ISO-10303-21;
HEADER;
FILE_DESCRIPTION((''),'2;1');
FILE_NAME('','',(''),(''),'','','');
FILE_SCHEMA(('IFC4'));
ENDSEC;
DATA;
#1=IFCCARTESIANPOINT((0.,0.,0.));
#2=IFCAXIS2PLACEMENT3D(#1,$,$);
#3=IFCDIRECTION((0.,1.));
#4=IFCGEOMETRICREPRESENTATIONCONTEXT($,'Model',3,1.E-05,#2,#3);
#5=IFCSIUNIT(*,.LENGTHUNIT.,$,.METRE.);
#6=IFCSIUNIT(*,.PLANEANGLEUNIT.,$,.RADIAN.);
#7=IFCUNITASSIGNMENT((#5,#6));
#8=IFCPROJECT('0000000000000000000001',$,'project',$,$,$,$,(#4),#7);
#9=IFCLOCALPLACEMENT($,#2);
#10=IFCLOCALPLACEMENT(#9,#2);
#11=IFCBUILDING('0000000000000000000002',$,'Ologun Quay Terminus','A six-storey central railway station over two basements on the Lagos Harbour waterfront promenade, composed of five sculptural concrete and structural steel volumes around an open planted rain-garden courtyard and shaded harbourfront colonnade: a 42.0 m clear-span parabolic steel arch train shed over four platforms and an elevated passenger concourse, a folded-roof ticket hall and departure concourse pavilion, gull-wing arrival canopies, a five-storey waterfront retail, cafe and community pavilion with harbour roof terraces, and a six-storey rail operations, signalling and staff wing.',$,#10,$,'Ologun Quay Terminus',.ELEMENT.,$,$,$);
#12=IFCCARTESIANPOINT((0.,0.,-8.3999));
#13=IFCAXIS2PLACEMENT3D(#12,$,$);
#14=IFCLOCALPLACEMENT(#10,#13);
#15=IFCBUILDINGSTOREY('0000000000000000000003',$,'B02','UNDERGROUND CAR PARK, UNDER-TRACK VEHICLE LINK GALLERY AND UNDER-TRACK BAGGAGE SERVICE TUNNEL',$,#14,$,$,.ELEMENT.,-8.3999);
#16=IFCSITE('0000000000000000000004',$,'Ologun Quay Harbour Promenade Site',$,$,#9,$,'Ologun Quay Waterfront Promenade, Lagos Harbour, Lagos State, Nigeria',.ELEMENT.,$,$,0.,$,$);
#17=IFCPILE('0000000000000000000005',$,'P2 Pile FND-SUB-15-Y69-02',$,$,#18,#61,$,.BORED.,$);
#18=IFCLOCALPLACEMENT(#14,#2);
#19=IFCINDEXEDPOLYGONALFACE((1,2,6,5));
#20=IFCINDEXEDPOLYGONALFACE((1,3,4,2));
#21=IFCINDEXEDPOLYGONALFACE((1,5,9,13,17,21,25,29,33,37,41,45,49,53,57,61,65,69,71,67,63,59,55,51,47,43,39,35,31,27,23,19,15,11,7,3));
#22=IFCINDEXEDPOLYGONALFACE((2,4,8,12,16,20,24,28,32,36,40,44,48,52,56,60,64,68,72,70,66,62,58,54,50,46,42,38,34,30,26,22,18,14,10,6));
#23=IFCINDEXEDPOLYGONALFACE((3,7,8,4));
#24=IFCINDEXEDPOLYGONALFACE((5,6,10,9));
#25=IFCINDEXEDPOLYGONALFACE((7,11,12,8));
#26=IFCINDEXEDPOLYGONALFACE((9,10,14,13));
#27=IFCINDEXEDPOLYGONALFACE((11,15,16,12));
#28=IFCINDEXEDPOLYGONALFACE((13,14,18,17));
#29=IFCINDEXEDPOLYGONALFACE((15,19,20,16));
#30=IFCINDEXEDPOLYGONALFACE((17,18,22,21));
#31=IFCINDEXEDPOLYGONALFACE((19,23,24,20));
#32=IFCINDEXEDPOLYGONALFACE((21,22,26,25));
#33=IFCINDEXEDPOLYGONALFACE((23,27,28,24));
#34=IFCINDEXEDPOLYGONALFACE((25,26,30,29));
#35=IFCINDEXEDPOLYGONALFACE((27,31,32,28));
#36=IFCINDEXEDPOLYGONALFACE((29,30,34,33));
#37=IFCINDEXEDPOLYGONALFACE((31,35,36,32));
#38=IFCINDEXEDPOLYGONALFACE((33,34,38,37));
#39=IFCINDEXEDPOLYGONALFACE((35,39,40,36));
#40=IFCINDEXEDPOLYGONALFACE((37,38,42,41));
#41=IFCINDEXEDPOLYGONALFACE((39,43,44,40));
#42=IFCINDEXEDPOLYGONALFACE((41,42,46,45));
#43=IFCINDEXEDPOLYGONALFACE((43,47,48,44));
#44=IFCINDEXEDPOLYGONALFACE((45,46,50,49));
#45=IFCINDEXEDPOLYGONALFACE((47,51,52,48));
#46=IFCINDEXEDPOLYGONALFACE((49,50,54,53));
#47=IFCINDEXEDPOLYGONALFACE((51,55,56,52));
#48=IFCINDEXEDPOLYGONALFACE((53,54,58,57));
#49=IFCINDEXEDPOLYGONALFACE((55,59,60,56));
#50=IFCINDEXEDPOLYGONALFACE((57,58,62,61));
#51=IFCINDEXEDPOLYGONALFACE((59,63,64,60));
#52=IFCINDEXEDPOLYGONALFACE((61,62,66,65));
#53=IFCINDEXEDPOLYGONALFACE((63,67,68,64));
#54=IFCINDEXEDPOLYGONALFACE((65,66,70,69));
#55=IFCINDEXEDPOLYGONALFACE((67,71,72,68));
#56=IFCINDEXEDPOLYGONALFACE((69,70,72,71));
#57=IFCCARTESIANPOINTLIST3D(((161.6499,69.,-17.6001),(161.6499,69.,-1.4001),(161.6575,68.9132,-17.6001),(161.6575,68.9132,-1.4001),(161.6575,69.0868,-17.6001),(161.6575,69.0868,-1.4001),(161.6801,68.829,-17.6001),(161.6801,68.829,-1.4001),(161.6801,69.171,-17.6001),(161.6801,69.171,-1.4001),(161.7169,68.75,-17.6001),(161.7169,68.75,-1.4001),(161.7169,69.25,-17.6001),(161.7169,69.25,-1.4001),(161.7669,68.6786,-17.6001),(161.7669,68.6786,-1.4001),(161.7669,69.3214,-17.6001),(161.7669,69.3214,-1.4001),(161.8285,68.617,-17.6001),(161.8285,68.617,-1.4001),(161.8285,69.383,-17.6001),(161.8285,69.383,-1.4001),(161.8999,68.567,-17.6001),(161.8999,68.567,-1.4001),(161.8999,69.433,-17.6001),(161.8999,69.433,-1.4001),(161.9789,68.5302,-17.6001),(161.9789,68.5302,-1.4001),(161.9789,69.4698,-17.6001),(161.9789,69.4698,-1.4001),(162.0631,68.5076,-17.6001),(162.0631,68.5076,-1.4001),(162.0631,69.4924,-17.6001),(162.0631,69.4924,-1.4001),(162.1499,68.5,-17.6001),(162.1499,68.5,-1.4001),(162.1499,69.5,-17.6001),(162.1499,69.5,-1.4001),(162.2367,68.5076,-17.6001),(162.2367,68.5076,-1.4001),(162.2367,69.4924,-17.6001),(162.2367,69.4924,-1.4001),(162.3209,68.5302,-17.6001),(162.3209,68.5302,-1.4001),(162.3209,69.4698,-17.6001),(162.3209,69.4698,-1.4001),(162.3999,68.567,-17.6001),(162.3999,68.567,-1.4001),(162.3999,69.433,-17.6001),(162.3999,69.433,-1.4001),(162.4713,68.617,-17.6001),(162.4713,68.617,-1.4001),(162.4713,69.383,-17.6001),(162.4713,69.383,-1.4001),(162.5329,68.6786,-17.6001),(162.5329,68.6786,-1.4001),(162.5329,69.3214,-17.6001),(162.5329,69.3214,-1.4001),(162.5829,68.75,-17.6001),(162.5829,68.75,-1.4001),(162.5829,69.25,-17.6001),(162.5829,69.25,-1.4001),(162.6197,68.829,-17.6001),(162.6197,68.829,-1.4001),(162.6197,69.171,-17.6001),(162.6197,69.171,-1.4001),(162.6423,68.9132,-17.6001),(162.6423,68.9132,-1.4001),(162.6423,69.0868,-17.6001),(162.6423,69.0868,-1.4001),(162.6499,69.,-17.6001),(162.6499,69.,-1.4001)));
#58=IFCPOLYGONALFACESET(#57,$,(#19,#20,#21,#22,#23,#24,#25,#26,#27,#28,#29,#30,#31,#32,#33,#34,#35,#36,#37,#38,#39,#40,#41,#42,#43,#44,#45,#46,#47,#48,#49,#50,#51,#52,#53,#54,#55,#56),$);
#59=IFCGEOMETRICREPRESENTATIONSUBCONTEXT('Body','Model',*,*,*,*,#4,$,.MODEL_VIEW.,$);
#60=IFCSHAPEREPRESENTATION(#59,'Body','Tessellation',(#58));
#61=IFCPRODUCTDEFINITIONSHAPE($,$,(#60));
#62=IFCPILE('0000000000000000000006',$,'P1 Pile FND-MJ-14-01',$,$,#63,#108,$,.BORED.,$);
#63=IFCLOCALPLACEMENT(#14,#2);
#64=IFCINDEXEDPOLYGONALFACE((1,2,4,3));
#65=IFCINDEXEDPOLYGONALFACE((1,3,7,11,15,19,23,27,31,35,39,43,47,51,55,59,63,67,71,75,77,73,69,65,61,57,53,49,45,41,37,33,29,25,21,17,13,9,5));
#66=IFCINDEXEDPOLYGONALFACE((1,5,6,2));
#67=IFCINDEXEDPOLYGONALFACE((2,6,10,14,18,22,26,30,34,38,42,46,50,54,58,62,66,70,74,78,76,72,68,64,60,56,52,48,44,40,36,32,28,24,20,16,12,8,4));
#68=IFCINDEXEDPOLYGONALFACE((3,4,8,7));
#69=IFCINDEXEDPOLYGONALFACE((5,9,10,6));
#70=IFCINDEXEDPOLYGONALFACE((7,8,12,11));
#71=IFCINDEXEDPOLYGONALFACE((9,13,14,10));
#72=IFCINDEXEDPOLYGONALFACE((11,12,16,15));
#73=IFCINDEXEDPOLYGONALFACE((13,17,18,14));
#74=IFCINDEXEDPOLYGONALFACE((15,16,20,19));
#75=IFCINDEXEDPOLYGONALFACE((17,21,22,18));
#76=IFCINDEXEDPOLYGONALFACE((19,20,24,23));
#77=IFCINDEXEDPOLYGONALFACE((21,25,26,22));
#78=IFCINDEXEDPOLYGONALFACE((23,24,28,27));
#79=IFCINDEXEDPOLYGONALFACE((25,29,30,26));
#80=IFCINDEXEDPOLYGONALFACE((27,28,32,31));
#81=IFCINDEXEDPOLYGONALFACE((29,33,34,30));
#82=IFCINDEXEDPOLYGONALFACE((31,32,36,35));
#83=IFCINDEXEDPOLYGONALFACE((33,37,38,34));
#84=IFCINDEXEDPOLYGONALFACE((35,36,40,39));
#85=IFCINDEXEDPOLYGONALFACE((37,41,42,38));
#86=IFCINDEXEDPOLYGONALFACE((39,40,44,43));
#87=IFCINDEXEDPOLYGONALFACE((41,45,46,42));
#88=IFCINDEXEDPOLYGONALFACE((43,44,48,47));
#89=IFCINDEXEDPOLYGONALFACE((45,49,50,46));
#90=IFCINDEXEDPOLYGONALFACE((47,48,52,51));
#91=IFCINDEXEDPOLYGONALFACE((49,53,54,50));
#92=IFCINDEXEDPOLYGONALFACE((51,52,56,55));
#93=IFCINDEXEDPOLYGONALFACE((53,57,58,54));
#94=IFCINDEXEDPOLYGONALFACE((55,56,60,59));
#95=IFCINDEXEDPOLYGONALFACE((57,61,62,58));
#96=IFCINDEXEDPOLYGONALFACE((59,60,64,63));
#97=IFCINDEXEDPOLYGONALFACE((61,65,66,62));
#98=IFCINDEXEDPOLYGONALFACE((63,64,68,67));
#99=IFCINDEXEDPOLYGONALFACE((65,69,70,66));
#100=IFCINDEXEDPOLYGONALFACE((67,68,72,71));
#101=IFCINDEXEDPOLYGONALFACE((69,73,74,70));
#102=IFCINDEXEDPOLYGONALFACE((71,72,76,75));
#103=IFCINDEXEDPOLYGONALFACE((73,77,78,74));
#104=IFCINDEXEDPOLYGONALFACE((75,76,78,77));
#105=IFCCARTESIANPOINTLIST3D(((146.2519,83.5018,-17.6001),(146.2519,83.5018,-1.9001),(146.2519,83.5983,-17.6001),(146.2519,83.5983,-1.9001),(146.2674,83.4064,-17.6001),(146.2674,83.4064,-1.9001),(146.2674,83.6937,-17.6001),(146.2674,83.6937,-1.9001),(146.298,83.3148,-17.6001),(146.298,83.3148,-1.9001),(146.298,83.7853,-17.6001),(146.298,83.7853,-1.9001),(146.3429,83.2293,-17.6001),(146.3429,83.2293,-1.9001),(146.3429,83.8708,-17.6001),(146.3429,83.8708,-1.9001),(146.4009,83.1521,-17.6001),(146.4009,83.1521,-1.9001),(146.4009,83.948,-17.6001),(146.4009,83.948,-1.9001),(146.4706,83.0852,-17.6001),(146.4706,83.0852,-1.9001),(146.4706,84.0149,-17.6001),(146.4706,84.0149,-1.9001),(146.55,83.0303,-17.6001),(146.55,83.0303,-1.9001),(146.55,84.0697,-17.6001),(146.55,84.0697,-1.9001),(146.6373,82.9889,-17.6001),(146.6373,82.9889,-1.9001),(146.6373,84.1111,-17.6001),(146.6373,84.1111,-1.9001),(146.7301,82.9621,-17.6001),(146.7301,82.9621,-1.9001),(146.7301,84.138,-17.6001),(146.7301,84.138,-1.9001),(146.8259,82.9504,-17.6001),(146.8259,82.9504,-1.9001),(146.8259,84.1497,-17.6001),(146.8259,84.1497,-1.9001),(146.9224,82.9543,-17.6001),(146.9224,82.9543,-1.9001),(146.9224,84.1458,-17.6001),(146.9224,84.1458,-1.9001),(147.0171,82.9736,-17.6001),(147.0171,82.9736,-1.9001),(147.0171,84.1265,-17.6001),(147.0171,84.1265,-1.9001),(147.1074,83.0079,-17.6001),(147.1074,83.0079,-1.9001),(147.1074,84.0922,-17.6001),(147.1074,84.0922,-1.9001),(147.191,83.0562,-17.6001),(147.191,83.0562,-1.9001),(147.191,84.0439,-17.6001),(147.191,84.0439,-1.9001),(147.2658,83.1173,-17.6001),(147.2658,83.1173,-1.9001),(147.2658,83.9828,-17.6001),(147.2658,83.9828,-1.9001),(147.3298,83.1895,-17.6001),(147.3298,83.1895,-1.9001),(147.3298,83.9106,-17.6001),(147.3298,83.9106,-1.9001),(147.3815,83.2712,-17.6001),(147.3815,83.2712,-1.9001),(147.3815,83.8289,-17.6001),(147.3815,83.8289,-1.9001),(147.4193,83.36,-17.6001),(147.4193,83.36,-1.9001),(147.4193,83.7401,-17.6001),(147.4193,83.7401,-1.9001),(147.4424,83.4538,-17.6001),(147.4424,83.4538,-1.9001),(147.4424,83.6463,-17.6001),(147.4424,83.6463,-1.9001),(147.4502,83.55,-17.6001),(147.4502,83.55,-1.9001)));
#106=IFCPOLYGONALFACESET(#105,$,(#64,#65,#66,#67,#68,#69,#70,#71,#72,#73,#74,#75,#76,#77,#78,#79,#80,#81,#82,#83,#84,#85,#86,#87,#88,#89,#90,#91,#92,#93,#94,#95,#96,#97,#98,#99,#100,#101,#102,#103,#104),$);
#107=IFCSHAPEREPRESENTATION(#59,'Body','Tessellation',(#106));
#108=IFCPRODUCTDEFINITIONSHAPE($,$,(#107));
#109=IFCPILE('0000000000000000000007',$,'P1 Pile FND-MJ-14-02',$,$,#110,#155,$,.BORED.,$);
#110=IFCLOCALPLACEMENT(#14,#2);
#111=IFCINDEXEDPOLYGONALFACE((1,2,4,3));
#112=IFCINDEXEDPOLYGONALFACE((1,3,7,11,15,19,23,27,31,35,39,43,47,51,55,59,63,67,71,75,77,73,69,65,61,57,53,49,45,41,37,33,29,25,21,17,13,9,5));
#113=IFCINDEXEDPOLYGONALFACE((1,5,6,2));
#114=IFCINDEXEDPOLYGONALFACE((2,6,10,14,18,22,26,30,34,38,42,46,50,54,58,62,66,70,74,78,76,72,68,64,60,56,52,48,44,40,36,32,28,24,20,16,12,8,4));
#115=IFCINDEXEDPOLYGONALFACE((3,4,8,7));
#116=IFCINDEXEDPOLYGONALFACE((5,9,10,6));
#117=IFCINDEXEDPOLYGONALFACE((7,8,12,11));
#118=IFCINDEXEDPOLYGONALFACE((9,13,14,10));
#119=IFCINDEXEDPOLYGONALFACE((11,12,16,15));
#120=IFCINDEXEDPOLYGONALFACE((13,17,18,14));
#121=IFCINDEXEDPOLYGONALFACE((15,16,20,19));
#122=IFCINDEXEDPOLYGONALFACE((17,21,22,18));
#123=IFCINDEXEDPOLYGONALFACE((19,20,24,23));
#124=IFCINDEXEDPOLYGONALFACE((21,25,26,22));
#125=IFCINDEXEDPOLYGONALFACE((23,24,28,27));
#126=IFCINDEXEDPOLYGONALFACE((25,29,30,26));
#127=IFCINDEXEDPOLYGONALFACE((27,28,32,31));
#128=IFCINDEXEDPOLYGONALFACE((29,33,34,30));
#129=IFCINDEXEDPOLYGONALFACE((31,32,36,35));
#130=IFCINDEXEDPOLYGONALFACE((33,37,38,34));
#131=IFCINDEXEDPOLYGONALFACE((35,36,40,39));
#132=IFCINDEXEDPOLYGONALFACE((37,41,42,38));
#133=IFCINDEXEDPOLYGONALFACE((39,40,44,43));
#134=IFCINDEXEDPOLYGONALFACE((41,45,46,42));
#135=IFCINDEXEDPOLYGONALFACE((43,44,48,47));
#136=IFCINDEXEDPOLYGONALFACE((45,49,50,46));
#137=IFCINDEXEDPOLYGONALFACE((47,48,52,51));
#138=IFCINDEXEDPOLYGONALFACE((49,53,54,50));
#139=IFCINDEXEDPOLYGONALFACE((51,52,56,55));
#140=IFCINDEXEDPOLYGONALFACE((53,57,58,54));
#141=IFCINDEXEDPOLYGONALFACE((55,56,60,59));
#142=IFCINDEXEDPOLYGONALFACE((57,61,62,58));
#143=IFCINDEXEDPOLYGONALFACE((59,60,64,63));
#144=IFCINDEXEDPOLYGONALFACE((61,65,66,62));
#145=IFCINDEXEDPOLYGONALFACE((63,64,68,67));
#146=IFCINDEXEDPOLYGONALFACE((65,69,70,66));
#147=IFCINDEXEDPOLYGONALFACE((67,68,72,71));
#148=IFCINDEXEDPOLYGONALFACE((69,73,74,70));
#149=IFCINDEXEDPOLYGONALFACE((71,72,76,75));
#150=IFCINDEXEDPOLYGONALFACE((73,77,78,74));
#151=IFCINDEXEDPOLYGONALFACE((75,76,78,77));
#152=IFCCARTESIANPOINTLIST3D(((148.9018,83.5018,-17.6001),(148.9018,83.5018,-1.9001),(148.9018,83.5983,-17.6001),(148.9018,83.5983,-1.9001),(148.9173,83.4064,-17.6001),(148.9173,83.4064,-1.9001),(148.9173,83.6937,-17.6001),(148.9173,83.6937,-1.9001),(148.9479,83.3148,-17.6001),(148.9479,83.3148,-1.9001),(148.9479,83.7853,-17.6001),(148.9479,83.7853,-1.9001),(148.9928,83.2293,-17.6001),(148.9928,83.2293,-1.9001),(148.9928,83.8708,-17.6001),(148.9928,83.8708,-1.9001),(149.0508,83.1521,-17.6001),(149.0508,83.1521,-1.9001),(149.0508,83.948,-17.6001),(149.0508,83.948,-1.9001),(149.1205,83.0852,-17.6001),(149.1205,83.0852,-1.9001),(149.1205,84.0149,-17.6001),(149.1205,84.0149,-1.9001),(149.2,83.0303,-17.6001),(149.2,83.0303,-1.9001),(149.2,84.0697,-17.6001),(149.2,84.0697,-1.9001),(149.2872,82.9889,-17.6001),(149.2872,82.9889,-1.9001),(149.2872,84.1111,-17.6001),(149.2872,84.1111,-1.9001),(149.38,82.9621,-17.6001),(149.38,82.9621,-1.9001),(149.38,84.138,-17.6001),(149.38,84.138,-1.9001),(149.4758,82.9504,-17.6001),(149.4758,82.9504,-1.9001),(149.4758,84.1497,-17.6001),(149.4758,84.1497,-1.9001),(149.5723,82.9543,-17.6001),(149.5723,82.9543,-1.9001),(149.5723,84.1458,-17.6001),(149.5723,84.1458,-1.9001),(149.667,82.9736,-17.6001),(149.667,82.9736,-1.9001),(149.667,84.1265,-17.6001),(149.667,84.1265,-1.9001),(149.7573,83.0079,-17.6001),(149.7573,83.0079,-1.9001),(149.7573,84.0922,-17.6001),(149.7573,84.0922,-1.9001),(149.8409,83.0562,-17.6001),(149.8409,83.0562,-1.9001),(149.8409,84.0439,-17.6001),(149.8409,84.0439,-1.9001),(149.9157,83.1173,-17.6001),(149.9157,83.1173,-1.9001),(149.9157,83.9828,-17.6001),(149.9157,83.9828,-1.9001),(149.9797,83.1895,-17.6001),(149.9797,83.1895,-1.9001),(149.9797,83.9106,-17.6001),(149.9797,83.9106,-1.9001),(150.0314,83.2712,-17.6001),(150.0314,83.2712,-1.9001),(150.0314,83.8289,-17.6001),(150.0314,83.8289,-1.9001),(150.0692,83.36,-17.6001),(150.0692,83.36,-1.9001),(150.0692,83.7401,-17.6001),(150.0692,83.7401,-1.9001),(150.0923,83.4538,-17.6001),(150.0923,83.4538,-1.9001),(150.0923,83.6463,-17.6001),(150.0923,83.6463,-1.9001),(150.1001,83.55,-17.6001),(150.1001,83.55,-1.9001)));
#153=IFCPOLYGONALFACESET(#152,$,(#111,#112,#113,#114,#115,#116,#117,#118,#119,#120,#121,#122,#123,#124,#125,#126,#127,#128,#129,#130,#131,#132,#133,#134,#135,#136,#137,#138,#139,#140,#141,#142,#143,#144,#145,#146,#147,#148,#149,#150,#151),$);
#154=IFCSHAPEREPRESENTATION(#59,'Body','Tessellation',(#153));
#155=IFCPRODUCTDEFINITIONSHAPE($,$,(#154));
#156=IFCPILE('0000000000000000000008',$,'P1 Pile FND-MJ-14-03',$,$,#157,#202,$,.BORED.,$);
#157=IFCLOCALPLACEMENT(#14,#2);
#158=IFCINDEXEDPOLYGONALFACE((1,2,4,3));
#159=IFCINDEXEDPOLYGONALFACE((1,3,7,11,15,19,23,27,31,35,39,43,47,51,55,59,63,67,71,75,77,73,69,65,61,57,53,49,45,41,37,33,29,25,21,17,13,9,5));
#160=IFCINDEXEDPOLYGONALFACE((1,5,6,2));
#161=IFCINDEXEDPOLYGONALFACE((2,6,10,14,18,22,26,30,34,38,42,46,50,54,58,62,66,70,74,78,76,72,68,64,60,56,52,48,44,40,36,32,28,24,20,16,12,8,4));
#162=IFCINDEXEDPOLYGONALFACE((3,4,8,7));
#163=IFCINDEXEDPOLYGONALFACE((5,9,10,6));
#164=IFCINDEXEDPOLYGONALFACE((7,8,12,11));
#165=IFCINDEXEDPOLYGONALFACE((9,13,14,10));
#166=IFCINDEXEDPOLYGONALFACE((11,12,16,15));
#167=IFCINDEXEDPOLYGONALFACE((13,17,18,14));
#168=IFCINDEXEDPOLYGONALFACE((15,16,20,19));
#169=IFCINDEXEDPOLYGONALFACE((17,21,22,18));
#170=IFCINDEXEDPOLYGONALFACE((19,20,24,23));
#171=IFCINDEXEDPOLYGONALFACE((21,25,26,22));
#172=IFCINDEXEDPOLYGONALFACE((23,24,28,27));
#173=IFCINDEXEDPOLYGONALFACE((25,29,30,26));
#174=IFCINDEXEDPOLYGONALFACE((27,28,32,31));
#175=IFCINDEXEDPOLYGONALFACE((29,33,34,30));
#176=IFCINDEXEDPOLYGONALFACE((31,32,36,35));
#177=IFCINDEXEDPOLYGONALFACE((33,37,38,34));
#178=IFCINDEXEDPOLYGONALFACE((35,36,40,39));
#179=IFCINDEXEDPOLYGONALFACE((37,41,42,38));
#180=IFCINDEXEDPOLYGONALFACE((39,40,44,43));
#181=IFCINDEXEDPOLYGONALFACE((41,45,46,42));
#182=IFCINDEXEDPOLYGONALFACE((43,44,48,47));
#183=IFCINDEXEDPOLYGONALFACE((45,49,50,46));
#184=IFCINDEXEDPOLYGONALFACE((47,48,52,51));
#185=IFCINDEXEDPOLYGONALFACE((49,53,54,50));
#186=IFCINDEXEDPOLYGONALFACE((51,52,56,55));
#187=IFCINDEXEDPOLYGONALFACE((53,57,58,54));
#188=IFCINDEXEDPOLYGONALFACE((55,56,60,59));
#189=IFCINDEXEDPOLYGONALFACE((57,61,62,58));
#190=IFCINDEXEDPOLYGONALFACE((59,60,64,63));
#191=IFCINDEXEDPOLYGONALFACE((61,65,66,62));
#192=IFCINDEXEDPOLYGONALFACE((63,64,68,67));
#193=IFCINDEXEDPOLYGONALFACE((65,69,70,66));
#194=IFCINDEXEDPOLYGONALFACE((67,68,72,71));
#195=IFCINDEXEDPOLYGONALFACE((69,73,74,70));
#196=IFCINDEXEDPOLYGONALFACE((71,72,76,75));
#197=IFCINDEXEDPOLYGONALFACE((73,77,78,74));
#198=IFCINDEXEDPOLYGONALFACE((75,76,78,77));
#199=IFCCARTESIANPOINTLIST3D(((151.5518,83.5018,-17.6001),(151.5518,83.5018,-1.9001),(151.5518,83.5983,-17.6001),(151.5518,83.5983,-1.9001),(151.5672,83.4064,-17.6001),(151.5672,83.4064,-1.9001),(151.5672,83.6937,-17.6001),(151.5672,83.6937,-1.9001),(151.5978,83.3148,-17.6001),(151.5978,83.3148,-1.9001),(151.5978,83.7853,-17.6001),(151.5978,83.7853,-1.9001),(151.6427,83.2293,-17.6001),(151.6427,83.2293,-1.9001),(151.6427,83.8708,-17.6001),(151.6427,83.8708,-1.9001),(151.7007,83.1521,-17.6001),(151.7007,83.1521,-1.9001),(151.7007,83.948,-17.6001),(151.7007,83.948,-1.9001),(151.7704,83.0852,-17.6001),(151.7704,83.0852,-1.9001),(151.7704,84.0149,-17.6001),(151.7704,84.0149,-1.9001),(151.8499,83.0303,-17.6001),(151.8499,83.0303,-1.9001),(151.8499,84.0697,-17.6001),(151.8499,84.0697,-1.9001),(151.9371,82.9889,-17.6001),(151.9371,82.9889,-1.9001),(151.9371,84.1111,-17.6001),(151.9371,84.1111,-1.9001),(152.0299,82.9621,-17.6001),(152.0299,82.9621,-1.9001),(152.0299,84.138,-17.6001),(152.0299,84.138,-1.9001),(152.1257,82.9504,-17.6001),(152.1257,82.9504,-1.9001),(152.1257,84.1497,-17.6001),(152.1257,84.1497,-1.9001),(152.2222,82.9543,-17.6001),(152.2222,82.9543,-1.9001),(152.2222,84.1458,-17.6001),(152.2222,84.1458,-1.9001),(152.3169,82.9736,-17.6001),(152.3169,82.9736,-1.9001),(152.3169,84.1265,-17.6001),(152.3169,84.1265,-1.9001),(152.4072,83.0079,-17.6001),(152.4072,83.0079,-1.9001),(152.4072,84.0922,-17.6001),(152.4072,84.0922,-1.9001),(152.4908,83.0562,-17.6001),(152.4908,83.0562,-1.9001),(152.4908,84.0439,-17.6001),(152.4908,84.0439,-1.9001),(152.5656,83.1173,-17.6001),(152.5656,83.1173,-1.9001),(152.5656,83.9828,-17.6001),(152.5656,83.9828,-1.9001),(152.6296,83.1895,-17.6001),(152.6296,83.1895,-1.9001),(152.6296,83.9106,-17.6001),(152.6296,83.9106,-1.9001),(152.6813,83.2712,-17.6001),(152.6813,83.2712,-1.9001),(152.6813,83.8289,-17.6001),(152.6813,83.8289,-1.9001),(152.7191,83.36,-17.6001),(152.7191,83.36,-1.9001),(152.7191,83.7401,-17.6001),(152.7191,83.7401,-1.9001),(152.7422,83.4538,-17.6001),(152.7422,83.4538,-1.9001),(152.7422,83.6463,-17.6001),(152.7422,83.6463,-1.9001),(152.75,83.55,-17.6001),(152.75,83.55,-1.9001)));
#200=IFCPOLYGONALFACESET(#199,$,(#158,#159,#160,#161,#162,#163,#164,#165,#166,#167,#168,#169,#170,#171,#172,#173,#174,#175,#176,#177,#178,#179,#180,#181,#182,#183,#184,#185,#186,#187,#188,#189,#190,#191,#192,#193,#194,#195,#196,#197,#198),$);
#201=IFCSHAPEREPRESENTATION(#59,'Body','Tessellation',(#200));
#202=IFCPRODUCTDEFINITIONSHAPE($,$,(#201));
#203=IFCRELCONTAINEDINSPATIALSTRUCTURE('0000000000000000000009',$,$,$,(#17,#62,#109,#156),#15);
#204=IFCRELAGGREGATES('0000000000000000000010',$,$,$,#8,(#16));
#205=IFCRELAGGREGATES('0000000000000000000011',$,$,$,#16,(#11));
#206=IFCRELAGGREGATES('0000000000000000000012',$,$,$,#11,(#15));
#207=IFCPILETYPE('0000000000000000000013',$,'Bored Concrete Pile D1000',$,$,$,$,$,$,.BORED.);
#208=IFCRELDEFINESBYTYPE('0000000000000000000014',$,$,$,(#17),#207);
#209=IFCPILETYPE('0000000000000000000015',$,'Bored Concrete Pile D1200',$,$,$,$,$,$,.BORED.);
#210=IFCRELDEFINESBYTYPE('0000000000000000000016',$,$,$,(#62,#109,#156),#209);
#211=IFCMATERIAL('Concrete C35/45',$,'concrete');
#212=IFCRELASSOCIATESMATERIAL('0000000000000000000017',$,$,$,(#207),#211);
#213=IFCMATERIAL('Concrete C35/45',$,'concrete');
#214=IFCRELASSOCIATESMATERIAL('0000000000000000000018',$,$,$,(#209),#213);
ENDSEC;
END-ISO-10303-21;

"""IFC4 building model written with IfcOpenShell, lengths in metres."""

from ifc_helpers import new_model, si_unit, direction, frame, origin, origin_2d, place, context, subcontext, project, spatial, circle, extrude, material, material_profile, profile_set, type_object, element, save


model = new_model("IFC4")

# Units and contexts
model_context = context("Model", 3, precision=1e-05, world=origin(), true_north=direction((0.0, 1.0)))
body_context = subcontext(model_context, "Body", "Model", "MODEL_VIEW")
ifc_project = project(units=[si_unit("LENGTHUNIT", "METRE"), si_unit("PLANEANGLEUNIT", "RADIAN")], contexts=[model_context])

# Site, building, storey
site_placement = place(None, origin())
site = spatial("IfcSite", under=ifc_project, at=site_placement, Name="Ologun Quay Harbour Promenade Site", LongName="Ologun Quay Waterfront Promenade, Lagos Harbour, Lagos State, Nigeria", CompositionType="ELEMENT", RefElevation=0.0)
building_placement = place(site_placement, origin())
building = spatial("IfcBuilding", under=site, at=building_placement, Name="Ologun Quay Terminus", Description="A six-storey central railway station over two basements on the Lagos Harbour waterfront promenade, composed of five sculptural concrete and structural steel volumes around an open planted rain-garden courtyard and shaded harbourfront colonnade: a 42.0 m clear-span parabolic steel arch train shed over four platforms and an elevated passenger concourse, a folded-roof ticket hall and departure concourse pavilion, gull-wing arrival canopies, a five-storey waterfront retail, cafe and community pavilion with harbour roof terraces, and a six-storey rail operations, signalling and staff wing.", LongName="Ologun Quay Terminus", CompositionType="ELEMENT")
storey_placement = place(building_placement, frame((0.0, 0.0, -8.3999)))
storey = spatial("IfcBuildingStorey", under=building, at=storey_placement, Name="B02", Description="UNDERGROUND CAR PARK, UNDER-TRACK VEHICLE LINK GALLERY AND UNDER-TRACK BAGGAGE SERVICE TUNNEL", CompositionType="ELEMENT", Elevation=-8.3999)

# Piles
ifc_material_1 = material(Name="Concrete C35/45", Category="concrete")
ifc_material_profile_1 = material_profile(ifc_material_1, circle(Radius=0.5, at=origin_2d()), Name="PILE D1000")
ifc_profile_set_1 = profile_set([ifc_material_profile_1], Name="Concrete C35/45")
pile_type_1 = type_object("IfcPileType", Name="Bored Concrete Pile D1000", PredefinedType="BORED", material=ifc_profile_set_1)
pile_placement = place(storey_placement, frame((162.1499, 69.0, -1.4001), z_axis=(0.0, 0.0, -1.0), x_axis=(1.0, 0.0, 0.0)))
element("IfcPile", 1, at=pile_placement, inside=storey, type_object=pile_type_1, Name="P2 Pile FND-SUB-15-Y69-02", PredefinedType="BORED", context=body_context, shape_type="SweptSolid", body=[
    extrude(circle(Radius=0.5, at=origin_2d()), origin(), (0.0, 0.0, 1.0), 16.2),
])
ifc_material_2 = material(Name="Concrete C35/45", Category="concrete")
ifc_material_profile_2 = material_profile(ifc_material_2, circle(Radius=0.6001, at=origin_2d()), Name="PILE D1200")
ifc_profile_set_2 = profile_set([ifc_material_profile_2], Name="Concrete C35/45")
pile_type_2 = type_object("IfcPileType", Name="Bored Concrete Pile D1200", PredefinedType="BORED", material=ifc_profile_set_2)
for number, where, z_axis, x_axis, name in (
    (2, (146.8501, 83.55, -1.9001), (0.0, 0.0, -1.0), (1.0, 0.0, 0.0), "P1 Pile FND-MJ-14-01"),
    (3, (149.5, 83.55, -1.9001), (0.0, 0.0, -1.0), (1.0, 0.0, 0.0), "P1 Pile FND-MJ-14-02"),
    (4, (152.1499, 83.55, -1.9001), (0.0, 0.0, -1.0), (1.0, 0.0, 0.0), "P1 Pile FND-MJ-14-03"),
):
    element("IfcPile", number, at=place(storey_placement, frame(where, z_axis=z_axis, x_axis=x_axis)), inside=storey, type_object=pile_type_2, Name=name, PredefinedType="BORED", context=body_context, shape_type="SweptSolid", body=[
        extrude(circle(Radius=0.6001, at=origin_2d()), origin(), (0.0, 0.0, 1.0), 15.7),
    ])

save(model, "model.ifc")
